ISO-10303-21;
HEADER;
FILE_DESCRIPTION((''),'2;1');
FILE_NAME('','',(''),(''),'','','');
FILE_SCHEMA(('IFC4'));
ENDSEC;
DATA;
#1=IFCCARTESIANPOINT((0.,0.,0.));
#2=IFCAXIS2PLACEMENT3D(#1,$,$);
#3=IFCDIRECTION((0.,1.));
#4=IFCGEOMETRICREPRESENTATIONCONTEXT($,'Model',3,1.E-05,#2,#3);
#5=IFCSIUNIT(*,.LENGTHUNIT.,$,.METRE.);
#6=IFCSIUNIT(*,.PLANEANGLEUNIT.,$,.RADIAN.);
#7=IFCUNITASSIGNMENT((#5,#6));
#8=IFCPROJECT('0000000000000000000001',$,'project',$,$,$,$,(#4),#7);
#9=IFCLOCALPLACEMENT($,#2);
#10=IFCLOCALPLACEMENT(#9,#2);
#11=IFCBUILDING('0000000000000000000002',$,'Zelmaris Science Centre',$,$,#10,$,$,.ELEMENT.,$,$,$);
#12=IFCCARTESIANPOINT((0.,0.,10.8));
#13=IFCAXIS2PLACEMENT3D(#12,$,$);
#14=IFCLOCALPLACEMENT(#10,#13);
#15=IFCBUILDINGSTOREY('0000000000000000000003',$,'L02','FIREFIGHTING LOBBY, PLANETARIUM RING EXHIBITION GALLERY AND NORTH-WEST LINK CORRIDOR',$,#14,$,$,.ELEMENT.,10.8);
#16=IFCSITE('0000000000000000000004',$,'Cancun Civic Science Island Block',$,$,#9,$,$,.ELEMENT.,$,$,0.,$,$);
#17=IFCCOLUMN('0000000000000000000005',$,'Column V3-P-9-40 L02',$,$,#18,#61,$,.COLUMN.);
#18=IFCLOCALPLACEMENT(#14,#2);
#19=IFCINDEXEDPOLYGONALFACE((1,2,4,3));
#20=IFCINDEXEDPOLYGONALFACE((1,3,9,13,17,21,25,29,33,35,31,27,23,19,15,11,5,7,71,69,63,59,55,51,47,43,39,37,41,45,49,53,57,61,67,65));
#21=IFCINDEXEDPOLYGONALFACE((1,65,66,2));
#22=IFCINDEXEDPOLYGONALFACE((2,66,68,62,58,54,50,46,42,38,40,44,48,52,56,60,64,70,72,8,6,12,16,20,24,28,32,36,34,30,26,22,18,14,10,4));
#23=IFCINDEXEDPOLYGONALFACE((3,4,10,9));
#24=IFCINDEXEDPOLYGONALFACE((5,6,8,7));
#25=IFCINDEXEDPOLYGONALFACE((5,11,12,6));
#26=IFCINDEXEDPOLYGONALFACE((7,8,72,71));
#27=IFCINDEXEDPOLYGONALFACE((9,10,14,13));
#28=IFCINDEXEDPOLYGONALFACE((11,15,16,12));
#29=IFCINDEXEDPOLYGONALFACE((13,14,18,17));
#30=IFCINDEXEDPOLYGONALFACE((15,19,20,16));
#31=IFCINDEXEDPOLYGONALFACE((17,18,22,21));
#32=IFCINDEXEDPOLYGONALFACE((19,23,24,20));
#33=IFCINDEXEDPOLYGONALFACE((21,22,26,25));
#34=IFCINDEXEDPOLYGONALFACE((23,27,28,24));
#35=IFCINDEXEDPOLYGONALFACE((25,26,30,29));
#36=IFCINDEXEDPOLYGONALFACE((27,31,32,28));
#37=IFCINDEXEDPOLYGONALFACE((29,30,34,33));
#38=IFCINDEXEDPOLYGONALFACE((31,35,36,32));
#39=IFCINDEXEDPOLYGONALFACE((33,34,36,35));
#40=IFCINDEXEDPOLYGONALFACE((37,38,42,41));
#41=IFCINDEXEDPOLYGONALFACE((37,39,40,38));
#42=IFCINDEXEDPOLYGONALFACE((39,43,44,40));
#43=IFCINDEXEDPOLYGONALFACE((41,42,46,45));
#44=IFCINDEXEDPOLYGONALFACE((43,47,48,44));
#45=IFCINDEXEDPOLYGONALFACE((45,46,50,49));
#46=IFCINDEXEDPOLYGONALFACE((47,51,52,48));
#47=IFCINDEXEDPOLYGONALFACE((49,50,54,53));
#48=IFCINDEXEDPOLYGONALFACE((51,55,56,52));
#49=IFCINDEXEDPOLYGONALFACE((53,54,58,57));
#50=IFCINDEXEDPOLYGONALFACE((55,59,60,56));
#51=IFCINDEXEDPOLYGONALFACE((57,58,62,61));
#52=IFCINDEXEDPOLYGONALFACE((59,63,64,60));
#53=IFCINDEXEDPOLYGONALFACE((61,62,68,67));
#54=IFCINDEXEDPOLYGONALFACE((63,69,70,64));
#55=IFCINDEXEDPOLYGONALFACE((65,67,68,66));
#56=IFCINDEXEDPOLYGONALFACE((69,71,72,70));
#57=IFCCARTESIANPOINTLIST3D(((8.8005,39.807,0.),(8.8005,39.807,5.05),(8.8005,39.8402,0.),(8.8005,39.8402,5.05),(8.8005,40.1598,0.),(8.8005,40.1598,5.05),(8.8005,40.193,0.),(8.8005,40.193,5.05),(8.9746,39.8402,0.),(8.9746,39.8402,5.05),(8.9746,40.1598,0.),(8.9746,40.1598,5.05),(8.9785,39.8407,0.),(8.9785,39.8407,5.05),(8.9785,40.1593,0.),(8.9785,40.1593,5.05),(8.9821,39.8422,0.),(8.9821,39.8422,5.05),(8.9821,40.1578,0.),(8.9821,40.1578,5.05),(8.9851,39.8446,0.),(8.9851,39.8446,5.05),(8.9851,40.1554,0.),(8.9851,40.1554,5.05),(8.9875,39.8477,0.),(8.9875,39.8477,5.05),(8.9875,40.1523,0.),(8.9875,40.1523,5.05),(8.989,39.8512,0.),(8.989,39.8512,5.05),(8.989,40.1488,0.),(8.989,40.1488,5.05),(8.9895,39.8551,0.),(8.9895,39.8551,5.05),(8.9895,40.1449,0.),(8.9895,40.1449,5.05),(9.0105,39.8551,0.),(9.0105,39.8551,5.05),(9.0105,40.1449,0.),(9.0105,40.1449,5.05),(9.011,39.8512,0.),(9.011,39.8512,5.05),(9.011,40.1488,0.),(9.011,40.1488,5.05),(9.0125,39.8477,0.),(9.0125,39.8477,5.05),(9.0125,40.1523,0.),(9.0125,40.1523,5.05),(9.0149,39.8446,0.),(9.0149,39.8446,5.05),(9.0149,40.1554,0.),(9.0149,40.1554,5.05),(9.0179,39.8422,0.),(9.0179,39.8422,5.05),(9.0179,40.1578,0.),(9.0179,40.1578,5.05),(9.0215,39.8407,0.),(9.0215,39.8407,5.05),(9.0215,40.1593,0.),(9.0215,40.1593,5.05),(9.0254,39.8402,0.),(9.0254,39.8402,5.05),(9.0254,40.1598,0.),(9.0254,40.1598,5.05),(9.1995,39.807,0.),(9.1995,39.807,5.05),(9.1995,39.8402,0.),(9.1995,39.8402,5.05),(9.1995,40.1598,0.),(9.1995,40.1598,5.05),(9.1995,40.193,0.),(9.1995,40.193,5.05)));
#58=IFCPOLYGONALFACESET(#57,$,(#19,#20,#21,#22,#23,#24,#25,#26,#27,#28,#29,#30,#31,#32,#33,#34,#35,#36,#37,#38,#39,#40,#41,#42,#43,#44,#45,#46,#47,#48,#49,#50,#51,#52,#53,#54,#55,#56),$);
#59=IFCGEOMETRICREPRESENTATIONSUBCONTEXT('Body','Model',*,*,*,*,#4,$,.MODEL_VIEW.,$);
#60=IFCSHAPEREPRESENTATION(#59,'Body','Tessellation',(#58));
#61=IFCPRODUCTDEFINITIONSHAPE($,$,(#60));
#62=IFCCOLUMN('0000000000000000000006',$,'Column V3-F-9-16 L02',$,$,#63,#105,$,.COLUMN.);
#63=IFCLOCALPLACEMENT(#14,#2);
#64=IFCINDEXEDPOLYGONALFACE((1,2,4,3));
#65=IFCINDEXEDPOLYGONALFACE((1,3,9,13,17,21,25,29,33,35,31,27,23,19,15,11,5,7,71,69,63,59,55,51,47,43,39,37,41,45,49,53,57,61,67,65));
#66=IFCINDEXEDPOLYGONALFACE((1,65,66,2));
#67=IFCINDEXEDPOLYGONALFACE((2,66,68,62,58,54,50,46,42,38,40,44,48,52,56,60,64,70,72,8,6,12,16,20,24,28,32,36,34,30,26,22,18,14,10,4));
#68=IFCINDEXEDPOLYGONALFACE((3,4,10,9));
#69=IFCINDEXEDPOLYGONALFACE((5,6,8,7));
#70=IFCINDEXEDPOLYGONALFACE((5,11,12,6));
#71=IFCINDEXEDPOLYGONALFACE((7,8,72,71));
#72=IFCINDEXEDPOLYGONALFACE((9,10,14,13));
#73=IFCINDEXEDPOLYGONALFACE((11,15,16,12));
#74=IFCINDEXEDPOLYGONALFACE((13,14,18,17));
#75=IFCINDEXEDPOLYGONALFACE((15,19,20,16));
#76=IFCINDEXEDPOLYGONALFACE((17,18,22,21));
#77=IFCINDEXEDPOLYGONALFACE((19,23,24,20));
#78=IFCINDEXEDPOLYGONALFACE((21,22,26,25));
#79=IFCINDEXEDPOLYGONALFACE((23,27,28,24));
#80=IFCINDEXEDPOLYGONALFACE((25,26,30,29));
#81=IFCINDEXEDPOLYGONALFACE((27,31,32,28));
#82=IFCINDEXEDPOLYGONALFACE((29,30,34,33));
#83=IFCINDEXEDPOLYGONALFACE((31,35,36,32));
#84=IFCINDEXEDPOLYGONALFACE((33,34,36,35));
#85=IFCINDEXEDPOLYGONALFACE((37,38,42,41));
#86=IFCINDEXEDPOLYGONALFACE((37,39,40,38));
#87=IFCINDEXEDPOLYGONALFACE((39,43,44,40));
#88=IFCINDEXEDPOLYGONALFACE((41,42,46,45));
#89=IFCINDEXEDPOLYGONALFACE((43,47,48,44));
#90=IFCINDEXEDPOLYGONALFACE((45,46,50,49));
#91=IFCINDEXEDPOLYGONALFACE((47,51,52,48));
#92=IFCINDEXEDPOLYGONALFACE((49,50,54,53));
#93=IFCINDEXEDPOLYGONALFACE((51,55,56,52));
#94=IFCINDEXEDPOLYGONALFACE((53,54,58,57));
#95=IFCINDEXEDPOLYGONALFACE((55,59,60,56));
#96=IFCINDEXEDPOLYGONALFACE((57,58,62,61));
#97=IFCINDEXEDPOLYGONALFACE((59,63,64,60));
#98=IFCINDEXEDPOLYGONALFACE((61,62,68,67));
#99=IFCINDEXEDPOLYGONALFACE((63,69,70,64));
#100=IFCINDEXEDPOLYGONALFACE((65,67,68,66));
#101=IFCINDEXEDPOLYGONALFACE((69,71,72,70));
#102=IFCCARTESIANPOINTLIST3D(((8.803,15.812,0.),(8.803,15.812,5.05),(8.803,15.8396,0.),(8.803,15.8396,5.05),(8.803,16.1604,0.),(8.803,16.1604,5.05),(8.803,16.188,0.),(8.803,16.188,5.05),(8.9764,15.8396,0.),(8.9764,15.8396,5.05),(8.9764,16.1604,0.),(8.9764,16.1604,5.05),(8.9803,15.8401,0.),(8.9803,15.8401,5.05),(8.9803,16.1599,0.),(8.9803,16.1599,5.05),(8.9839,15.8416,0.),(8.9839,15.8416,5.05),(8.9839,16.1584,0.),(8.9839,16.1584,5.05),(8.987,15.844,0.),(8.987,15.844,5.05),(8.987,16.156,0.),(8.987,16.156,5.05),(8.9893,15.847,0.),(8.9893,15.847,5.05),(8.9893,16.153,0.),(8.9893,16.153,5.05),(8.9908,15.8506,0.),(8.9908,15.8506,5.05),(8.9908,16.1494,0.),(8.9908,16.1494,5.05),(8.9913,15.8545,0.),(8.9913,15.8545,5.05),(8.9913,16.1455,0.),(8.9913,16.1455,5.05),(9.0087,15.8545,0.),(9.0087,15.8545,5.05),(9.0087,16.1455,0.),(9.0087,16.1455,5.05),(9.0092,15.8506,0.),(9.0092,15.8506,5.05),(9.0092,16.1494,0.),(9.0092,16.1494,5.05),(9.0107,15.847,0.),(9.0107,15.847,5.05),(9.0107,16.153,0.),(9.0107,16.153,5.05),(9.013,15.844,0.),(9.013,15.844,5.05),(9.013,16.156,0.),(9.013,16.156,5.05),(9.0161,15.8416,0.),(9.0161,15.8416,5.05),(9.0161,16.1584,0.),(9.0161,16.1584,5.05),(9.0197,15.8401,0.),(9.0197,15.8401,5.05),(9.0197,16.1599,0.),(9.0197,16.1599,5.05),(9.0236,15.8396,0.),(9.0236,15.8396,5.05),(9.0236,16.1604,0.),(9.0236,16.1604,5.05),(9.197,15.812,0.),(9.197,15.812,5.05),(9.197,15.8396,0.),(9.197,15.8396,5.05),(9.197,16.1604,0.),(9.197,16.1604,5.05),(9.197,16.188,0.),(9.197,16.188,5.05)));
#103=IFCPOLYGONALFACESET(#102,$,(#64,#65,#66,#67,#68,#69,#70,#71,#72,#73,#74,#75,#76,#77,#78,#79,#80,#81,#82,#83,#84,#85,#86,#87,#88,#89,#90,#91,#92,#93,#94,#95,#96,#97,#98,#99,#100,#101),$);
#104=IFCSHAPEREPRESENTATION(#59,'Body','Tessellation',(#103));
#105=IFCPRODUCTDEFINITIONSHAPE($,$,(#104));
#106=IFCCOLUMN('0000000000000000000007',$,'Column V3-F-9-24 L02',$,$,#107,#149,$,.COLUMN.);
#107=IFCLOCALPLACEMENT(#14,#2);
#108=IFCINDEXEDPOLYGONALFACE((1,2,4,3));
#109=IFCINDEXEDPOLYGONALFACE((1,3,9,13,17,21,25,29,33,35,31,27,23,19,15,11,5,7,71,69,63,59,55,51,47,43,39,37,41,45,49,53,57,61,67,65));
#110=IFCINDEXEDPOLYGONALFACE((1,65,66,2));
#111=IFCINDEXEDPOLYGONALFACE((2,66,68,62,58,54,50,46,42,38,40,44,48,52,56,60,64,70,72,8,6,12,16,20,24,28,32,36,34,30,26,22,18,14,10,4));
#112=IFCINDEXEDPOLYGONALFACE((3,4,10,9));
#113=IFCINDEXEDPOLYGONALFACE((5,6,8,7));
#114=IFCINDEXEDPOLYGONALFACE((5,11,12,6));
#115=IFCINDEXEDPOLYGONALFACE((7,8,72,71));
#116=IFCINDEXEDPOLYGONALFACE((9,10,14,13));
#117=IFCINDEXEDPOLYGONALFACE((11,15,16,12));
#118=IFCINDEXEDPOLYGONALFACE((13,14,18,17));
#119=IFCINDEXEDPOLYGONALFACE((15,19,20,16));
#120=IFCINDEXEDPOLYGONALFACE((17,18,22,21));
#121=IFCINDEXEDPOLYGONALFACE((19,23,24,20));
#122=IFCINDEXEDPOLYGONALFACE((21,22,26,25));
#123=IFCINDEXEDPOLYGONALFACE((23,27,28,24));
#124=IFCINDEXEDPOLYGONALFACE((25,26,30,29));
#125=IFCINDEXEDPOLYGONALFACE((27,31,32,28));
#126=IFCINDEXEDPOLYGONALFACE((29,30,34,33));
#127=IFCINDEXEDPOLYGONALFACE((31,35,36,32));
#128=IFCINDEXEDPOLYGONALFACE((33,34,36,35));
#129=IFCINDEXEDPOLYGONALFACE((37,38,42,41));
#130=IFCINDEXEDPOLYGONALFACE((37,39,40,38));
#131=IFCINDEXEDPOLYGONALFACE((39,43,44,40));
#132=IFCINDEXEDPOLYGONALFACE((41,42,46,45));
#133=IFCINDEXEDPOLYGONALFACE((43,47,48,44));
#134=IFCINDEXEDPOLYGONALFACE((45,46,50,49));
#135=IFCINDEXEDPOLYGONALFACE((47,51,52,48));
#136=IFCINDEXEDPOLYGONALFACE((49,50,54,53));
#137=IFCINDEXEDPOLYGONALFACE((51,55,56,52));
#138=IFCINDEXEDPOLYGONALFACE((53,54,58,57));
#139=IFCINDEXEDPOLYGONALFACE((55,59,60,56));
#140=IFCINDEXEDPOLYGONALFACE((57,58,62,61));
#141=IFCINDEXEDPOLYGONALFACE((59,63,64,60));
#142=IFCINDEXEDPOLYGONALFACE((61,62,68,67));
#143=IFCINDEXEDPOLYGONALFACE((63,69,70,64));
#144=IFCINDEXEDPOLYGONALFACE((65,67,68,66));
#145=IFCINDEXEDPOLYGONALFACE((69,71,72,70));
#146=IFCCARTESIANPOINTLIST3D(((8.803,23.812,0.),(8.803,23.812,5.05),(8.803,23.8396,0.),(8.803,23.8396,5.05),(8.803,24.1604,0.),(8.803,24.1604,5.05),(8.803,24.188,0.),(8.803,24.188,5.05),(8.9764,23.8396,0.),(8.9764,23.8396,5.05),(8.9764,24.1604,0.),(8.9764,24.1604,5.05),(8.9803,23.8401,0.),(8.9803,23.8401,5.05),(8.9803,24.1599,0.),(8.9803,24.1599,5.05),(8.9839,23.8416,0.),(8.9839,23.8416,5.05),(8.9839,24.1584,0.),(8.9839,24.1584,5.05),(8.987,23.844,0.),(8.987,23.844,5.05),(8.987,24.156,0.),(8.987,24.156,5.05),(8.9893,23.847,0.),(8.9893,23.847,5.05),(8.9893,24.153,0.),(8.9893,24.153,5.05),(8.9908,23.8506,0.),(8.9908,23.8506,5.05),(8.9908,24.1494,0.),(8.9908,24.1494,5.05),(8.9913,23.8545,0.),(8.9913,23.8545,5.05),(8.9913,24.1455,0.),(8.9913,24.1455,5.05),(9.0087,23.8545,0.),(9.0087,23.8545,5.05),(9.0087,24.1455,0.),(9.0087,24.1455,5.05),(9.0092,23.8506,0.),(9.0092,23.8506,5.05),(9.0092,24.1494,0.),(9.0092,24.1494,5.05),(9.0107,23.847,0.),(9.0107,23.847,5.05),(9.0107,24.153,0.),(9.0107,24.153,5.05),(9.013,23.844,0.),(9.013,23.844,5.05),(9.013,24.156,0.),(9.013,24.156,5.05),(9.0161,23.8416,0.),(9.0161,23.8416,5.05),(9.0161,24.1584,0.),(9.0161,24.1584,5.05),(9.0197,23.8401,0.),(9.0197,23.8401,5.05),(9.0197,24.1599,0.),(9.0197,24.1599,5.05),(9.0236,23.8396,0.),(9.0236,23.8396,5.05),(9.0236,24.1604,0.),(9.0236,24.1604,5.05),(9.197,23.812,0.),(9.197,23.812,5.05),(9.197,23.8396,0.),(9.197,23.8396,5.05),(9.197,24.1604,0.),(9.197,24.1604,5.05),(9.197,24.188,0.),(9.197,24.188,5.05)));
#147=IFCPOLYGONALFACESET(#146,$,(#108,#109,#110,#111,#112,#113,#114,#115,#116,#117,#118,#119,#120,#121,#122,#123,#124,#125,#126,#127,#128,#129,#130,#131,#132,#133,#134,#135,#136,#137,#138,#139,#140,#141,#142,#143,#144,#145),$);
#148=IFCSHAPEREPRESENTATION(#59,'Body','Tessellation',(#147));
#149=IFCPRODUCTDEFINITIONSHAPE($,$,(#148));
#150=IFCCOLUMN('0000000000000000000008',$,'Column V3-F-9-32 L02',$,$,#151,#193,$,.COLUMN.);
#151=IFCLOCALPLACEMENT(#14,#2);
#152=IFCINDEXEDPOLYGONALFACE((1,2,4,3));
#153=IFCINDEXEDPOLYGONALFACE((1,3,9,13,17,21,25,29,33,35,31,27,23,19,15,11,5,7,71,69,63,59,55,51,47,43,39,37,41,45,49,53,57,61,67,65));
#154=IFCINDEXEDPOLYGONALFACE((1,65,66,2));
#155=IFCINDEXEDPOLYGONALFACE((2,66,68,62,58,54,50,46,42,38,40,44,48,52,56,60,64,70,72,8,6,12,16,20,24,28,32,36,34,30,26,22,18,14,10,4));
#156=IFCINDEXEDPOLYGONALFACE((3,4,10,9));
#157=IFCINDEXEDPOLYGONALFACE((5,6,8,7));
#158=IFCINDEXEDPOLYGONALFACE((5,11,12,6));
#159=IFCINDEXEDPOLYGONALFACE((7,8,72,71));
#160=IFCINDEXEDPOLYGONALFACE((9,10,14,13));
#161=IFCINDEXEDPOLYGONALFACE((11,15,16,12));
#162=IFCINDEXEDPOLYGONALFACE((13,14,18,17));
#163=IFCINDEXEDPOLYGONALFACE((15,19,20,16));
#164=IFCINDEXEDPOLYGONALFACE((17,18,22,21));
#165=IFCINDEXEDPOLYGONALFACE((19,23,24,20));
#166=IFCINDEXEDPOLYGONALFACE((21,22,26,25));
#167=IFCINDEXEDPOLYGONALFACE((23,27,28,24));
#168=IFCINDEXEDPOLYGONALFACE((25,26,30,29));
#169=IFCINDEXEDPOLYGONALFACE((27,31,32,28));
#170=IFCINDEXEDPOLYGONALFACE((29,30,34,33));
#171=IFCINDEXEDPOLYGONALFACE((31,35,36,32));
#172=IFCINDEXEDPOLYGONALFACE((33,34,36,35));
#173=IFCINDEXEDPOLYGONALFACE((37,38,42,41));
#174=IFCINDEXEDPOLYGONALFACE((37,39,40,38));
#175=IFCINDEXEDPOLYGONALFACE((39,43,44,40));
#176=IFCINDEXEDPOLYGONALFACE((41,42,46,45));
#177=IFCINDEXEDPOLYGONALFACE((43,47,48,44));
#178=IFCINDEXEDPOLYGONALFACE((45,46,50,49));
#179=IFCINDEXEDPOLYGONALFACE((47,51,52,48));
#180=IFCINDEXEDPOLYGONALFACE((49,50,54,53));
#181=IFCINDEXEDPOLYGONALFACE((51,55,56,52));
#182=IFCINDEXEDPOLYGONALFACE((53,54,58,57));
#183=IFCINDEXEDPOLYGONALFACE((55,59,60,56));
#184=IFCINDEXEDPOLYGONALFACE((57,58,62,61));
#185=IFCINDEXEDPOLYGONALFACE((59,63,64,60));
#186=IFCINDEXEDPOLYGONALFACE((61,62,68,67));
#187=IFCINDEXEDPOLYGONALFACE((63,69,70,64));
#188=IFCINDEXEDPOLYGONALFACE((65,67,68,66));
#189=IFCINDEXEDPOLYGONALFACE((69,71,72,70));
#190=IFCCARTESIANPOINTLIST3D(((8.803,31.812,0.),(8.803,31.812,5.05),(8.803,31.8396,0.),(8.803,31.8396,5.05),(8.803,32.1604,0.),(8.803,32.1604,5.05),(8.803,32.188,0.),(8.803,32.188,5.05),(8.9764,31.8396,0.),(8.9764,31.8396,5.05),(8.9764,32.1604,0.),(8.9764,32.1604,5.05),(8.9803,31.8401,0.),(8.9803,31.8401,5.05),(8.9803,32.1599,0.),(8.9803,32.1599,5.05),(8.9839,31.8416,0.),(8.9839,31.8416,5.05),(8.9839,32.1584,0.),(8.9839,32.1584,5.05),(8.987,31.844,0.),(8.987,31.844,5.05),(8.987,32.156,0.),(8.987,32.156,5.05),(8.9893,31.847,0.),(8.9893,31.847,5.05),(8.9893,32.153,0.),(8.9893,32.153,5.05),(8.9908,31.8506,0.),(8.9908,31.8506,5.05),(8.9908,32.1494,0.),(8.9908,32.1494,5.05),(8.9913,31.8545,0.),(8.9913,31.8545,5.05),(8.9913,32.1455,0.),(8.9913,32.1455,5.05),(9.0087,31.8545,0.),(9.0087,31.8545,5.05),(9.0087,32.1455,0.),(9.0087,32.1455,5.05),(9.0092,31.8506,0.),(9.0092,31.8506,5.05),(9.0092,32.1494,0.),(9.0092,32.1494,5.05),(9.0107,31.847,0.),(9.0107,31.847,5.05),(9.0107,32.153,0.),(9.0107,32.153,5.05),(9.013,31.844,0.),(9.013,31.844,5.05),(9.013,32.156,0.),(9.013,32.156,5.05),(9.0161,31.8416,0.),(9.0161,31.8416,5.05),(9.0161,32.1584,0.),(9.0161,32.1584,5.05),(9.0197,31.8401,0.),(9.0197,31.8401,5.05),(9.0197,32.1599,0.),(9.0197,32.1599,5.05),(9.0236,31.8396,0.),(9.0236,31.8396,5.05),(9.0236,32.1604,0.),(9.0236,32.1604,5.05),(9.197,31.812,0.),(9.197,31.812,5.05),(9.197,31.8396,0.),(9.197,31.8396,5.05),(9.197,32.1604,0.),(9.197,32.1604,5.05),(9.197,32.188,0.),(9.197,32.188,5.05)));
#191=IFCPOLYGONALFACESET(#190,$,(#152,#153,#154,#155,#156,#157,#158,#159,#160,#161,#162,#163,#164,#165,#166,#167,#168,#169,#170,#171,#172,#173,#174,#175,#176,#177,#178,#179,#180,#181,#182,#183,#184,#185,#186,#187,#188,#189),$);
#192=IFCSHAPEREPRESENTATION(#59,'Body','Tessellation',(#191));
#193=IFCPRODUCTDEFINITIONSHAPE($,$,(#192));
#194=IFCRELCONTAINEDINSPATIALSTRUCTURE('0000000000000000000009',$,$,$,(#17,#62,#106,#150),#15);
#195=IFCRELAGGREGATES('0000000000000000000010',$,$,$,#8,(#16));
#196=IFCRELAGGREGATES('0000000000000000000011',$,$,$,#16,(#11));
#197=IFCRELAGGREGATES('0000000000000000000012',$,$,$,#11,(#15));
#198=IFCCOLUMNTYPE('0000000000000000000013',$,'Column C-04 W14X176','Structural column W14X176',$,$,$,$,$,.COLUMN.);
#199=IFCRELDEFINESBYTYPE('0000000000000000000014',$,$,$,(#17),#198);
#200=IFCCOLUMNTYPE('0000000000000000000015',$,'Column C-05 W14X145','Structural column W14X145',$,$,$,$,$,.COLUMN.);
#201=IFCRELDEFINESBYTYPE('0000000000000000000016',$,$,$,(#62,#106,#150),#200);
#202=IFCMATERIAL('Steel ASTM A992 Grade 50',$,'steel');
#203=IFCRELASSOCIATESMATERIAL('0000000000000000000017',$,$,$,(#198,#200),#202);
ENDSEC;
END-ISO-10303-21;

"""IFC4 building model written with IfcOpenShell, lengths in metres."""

from ifc_helpers import new_model, si_unit, direction, frame, origin, origin_2d, place, context, subcontext, project, spatial, i_section, extrude, material, material_profile, profile_set, type_object, element, save


model = new_model("IFC4")

# Units and contexts
model_context = context("Model", 3, precision=1e-05, world=origin(), true_north=direction((0.0, 1.0)))
body_context = subcontext(model_context, "Body", "Model", "MODEL_VIEW")
ifc_project = project(units=[si_unit("LENGTHUNIT", "METRE"), si_unit("PLANEANGLEUNIT", "RADIAN")], contexts=[model_context])

# Site, building, storey
site_placement = place(None, origin())
site = spatial("IfcSite", under=ifc_project, at=site_placement, Name="Cancun Civic Science Island Block", CompositionType="ELEMENT", RefElevation=0.0)
building_placement = place(site_placement, origin())
building = spatial("IfcBuilding", under=site, at=building_placement, Name="Zelmaris Science Centre", CompositionType="ELEMENT")
storey_placement = place(building_placement, frame((0.0, 0.0, 10.8)))
storey = spatial("IfcBuildingStorey", under=building, at=storey_placement, Name="L02", Description="FIREFIGHTING LOBBY, PLANETARIUM RING EXHIBITION GALLERY AND NORTH-WEST LINK CORRIDOR", CompositionType="ELEMENT", Elevation=10.8)

# Columns
ifc_material_1 = material(Name="Steel ASTM A992 Grade 50", Category="steel")
ifc_material_profile_1 = material_profile(ifc_material_1, i_section(OverallWidth=0.3989, OverallDepth=0.386, WebThickness=0.021, FlangeThickness=0.0332, FilletRadius=0.0149, at=origin_2d()), Name="W14X176")
ifc_profile_set_1 = profile_set([ifc_material_profile_1], Name="Steel ASTM A992 Grade 50")
column_type_1 = type_object("IfcColumnType", Name="Column C-04 W14X176", Description="Structural column W14X176", PredefinedType="COLUMN", material=ifc_profile_set_1)
column_placement = place(storey_placement, frame((9.0, 40.0, 0.0), z_axis=(0.0, 0.0, 1.0), x_axis=(1.0, 0.0, 0.0)))
element("IfcColumn", 1, at=column_placement, inside=storey, type_object=column_type_1, Name="Column V3-P-9-40 L02", PredefinedType="COLUMN", context=body_context, shape_type="SweptSolid", body=[
    extrude(i_section(OverallWidth=0.3989, OverallDepth=0.386, WebThickness=0.021, FlangeThickness=0.0332, FilletRadius=0.0149, at=origin_2d()), origin(), (0.0, 0.0, 1.0), 5.05),
])
ifc_material_profile_2 = material_profile(ifc_material_1, i_section(OverallWidth=0.394, OverallDepth=0.376, WebThickness=0.0173, FlangeThickness=0.0276, FilletRadius=0.0149, at=origin_2d()), Name="W14X145")
ifc_profile_set_2 = profile_set([ifc_material_profile_2], Name="Steel ASTM A992 Grade 50")
column_type_2 = type_object("IfcColumnType", Name="Column C-05 W14X145", Description="Structural column W14X145", PredefinedType="COLUMN", material=ifc_profile_set_2)
for number, where, z_axis, x_axis, name in (
    (2, (9.0, 16.0, 0.0), (0.0, 0.0, 1.0), (1.0, 0.0, 0.0), "Column V3-F-9-16 L02"),
    (3, (9.0, 24.0, 0.0), (0.0, 0.0, 1.0), (1.0, 0.0, 0.0), "Column V3-F-9-24 L02"),
    (4, (9.0, 32.0, 0.0), (0.0, 0.0, 1.0), (1.0, 0.0, 0.0), "Column V3-F-9-32 L02"),
):
    element("IfcColumn", number, at=place(storey_placement, frame(where, z_axis=z_axis, x_axis=x_axis)), inside=storey, type_object=column_type_2, Name=name, PredefinedType="COLUMN", context=body_context, shape_type="SweptSolid", body=[
        extrude(i_section(OverallWidth=0.394, OverallDepth=0.376, WebThickness=0.0173, FlangeThickness=0.0276, FilletRadius=0.0149, at=origin_2d()), origin(), (0.0, 0.0, 1.0), 5.05),
    ])

save(model, "model.ifc")
